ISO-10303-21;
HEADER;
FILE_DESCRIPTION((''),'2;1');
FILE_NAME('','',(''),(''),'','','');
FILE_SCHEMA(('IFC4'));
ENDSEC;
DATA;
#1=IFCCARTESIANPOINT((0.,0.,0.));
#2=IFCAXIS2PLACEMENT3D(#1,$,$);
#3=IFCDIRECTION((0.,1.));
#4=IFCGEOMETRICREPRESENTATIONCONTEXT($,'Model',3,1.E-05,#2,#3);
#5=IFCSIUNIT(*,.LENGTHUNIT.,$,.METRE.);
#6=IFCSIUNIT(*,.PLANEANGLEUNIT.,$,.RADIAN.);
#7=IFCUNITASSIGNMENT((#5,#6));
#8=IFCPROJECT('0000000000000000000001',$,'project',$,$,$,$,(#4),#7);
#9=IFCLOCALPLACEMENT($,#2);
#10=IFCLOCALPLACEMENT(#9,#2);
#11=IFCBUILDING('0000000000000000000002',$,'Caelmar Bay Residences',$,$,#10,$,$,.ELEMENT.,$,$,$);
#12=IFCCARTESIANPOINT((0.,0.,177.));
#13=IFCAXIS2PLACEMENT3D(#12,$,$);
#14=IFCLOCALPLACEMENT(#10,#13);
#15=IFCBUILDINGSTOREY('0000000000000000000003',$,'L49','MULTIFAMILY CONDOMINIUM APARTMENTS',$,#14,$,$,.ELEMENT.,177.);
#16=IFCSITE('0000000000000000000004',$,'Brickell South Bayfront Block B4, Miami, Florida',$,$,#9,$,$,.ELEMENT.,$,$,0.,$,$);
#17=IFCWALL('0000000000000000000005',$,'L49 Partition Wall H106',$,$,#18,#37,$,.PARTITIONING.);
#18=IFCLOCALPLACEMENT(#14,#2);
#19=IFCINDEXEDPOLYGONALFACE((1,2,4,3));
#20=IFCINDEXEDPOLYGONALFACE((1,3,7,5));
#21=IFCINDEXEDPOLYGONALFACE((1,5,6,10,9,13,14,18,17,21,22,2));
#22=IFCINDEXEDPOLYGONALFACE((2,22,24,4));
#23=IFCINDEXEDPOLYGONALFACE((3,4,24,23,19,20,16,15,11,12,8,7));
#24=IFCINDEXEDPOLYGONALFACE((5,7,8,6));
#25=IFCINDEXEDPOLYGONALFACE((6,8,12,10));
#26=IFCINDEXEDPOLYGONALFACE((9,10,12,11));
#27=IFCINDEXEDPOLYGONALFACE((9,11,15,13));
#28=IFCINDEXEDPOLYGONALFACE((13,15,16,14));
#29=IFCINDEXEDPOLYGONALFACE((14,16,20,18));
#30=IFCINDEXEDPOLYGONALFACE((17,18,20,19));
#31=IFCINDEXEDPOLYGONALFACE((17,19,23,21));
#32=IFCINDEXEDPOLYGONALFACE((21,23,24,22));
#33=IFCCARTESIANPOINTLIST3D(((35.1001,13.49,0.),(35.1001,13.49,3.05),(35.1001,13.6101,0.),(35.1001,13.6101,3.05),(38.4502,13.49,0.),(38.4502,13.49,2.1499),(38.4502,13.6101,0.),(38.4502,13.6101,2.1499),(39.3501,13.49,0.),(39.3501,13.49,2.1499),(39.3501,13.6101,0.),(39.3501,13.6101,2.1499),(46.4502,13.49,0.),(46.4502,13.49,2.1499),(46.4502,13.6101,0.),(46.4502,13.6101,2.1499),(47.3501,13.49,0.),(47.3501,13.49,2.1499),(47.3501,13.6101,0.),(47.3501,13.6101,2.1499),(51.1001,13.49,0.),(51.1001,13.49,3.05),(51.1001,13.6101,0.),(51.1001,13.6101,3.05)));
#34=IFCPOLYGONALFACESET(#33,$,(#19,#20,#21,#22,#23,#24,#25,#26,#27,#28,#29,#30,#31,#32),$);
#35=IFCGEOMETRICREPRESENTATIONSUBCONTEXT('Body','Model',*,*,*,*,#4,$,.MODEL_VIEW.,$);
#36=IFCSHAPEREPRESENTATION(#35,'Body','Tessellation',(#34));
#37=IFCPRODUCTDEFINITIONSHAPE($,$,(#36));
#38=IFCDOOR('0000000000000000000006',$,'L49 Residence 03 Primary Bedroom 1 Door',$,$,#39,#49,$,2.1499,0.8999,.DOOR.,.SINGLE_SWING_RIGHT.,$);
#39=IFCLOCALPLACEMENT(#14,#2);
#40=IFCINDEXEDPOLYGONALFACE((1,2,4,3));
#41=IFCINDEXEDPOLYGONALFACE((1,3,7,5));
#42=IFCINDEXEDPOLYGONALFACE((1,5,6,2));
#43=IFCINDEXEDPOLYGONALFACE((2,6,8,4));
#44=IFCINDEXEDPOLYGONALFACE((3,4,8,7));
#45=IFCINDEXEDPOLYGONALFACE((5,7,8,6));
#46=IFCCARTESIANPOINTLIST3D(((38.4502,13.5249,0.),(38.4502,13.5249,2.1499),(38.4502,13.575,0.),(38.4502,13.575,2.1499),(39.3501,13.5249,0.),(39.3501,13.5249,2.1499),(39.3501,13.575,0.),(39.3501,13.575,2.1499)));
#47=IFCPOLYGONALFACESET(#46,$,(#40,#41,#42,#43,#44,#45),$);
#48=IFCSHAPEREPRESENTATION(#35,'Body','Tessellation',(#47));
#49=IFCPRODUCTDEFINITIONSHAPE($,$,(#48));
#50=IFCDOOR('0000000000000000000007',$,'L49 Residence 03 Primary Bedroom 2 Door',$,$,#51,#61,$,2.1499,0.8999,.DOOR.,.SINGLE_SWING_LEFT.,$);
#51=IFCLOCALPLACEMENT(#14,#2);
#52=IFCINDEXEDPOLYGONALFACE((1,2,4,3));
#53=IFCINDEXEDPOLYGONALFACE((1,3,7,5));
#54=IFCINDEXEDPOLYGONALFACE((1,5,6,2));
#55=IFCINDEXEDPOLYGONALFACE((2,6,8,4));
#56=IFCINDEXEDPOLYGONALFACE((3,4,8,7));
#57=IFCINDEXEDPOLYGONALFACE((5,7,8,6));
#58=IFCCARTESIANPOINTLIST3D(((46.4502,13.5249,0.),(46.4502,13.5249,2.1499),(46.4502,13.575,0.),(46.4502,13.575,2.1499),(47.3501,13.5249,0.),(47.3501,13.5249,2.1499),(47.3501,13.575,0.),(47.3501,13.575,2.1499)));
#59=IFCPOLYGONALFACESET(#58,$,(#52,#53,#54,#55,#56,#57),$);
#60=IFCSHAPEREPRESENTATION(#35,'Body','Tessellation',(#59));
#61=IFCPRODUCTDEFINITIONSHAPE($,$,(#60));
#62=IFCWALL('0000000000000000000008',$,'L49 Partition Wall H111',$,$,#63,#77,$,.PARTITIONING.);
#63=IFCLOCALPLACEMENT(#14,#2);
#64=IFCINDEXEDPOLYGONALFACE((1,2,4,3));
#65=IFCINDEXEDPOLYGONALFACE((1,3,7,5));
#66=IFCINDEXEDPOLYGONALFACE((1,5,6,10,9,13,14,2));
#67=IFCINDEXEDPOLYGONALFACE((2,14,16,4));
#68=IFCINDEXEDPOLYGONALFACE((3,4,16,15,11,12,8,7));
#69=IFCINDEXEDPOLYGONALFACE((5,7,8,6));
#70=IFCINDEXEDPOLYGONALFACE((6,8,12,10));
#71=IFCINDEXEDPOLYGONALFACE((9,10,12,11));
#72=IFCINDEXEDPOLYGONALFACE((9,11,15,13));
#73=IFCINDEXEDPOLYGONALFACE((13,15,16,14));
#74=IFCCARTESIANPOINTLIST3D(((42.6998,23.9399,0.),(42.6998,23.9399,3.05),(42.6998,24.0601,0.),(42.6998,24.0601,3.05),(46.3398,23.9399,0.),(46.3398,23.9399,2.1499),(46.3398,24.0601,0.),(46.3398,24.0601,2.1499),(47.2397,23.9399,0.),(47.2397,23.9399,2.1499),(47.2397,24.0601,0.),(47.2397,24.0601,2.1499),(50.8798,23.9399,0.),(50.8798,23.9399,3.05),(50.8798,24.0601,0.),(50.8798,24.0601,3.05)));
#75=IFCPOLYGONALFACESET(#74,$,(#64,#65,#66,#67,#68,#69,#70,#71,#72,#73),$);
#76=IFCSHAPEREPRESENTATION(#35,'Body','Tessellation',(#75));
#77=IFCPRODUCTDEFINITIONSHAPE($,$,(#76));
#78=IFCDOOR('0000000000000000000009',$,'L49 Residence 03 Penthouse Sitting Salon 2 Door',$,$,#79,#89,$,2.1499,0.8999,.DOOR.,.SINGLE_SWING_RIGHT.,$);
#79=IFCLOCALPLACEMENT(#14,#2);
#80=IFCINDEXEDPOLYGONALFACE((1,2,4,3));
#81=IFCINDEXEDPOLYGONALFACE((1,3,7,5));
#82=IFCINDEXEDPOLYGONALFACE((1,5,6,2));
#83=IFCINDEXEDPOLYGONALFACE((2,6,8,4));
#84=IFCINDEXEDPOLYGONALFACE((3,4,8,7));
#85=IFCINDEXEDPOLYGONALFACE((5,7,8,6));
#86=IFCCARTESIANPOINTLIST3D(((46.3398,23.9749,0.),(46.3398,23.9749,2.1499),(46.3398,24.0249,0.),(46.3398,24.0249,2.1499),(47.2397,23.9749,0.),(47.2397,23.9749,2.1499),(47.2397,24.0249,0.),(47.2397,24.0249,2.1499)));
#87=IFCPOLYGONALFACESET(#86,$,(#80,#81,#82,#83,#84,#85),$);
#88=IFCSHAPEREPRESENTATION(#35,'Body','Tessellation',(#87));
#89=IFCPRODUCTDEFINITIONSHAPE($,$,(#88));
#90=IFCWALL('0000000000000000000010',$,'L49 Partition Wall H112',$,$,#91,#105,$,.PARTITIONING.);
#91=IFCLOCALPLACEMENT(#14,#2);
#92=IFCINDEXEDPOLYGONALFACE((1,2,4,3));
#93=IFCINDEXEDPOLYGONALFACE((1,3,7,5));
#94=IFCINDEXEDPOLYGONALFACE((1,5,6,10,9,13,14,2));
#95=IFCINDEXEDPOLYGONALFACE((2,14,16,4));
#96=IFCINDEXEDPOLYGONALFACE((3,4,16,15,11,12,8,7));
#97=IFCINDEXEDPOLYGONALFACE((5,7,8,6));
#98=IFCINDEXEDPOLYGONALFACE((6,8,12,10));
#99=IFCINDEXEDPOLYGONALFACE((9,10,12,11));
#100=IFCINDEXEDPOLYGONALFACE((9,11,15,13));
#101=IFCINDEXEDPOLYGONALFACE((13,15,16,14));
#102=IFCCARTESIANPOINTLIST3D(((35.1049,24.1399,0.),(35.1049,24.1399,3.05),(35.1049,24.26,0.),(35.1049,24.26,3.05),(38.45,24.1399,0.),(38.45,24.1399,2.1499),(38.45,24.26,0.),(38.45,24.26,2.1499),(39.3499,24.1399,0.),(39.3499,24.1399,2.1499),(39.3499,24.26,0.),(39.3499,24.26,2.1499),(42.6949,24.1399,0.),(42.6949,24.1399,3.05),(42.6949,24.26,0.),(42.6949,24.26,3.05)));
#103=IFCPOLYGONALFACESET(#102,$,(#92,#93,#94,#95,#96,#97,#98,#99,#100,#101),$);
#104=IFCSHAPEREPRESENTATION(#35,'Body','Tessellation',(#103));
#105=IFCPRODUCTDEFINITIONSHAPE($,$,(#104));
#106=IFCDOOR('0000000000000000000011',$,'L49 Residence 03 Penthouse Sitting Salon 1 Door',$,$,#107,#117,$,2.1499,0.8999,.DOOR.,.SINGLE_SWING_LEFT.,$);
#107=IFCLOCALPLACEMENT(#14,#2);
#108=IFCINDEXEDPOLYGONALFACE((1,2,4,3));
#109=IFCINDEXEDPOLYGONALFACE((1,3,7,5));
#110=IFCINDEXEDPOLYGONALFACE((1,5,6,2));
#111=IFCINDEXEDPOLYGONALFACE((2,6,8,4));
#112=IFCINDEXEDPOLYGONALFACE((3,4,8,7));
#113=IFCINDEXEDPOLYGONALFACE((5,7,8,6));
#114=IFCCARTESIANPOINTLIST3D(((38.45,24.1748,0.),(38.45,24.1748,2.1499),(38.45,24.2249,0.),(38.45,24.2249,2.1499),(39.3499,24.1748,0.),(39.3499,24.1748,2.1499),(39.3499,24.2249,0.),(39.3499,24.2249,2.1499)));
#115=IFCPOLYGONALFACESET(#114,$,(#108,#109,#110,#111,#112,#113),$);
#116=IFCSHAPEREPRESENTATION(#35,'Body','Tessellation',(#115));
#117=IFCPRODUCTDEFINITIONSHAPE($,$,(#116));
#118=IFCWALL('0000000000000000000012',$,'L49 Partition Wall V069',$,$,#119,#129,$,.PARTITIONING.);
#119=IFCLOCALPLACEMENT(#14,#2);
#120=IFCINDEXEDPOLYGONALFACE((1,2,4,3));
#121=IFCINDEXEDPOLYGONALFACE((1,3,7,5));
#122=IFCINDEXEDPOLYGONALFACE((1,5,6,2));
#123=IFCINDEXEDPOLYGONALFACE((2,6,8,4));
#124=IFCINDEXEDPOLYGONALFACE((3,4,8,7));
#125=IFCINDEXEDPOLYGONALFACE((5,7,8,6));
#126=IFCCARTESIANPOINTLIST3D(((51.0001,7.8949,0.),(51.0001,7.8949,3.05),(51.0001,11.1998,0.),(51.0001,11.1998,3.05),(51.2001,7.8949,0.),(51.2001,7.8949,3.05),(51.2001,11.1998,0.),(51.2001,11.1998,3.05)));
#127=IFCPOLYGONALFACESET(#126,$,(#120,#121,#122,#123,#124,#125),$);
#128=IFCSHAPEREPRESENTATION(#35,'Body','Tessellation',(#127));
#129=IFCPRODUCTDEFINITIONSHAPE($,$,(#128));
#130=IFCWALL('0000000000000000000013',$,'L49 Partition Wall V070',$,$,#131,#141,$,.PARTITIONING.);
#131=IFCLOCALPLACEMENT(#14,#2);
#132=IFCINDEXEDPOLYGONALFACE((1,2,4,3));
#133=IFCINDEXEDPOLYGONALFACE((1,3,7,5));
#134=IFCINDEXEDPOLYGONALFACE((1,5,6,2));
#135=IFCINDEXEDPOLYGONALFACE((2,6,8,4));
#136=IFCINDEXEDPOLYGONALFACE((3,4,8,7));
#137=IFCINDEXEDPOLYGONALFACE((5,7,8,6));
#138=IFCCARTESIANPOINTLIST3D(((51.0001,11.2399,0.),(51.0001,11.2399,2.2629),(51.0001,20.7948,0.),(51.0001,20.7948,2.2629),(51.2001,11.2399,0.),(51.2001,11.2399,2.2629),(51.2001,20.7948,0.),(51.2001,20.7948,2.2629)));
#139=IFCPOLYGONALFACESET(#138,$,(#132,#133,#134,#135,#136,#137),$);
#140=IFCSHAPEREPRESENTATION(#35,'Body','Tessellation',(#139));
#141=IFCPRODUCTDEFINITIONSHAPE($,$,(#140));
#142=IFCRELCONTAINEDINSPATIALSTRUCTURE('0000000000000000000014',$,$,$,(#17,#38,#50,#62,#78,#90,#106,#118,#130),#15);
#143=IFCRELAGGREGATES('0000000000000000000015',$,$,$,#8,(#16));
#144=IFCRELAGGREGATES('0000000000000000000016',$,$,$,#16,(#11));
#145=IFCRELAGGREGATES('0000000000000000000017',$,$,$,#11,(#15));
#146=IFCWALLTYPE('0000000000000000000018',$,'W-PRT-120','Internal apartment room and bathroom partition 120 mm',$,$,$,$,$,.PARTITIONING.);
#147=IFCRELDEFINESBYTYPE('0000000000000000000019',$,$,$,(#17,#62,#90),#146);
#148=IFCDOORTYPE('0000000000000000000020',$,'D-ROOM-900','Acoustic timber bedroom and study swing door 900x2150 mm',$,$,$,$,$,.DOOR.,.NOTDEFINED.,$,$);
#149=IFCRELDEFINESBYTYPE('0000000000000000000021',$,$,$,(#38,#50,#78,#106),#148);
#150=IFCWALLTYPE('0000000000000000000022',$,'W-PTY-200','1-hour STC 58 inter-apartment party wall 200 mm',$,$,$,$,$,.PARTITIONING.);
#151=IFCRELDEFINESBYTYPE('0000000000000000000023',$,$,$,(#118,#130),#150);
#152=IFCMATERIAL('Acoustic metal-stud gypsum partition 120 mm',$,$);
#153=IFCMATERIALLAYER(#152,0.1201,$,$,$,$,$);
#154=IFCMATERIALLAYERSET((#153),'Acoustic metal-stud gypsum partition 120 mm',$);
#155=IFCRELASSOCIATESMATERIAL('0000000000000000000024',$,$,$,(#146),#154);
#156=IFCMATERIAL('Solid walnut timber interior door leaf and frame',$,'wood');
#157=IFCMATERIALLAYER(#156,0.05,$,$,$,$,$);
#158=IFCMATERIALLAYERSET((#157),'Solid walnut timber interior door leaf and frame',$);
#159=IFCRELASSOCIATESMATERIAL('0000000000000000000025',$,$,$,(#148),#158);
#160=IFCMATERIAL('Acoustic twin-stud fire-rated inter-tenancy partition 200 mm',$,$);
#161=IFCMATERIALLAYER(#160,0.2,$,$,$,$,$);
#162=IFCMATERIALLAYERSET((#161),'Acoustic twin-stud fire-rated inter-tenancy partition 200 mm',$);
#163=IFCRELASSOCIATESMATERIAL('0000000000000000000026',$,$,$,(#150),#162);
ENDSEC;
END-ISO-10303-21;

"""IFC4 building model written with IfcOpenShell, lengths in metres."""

from ifc_helpers import new_model, si_unit, direction, frame, frame_2d, origin, place, context, subcontext, project, spatial, rectangle, extrude, material, layer, layer_set, type_object, element, fill, save


model = new_model("IFC4")

# Units and contexts
model_context = context("Model", 3, precision=1e-05, world=origin(), true_north=direction((0.0, 1.0)))
body_context = subcontext(model_context, "Body", "Model", "MODEL_VIEW")
ifc_project = project(units=[si_unit("LENGTHUNIT", "METRE"), si_unit("PLANEANGLEUNIT", "RADIAN")], contexts=[model_context])

# Site, building, storey
site_placement = place(None, origin())
site = spatial("IfcSite", under=ifc_project, at=site_placement, Name="Brickell South Bayfront Block B4, Miami, Florida", CompositionType="ELEMENT", RefElevation=0.0)
building_placement = place(site_placement, origin())
building = spatial("IfcBuilding", under=site, at=building_placement, Name="Caelmar Bay Residences", CompositionType="ELEMENT")
storey_placement = place(building_placement, frame((0.0, 0.0, 177.0)))
storey = spatial("IfcBuildingStorey", under=building, at=storey_placement, Name="L49", Description="MULTIFAMILY CONDOMINIUM APARTMENTS", CompositionType="ELEMENT", Elevation=177.0)

# Shared definitions
ifc_material_1 = material(Name="Acoustic metal-stud gypsum partition 120 mm")
ifc_layer_1 = layer(ifc_material_1, 0.1201)
ifc_layer_set_1 = layer_set([ifc_layer_1], Name="Acoustic metal-stud gypsum partition 120 mm")
wall_type_1 = type_object("IfcWallType", Name="W-PRT-120", Description="Internal apartment room and bathroom partition 120 mm", PredefinedType="PARTITIONING", material=ifc_layer_set_1)

# Wall, openings, doors
wall_1_placement = place(storey_placement, frame((35.1001, 13.55, 0.0), z_axis=(0.0, 0.0, 1.0), x_axis=(1.0, 0.0, 0.0)))
wall_1 = element("IfcWall", 1, at=wall_1_placement, inside=storey, type_object=wall_type_1, Name="L49 Partition Wall H106", PredefinedType="PARTITIONING", context=body_context, shape_type="SweptSolid", body=[
    extrude(rectangle(XDim=16.0, YDim=0.1201, at=frame_2d((8.0, 0.0))), origin(), (0.0, 0.0, 1.0), 3.05),
])
opening_1_placement = place(wall_1_placement, frame((3.3501, 0.0, 0.0)))
opening_1 = element("IfcOpeningElement", 2, at=opening_1_placement, cuts=wall_1, PredefinedType="OPENING", context=body_context, shape_type="SweptSolid", body=[
    extrude(rectangle(XDim=0.8999, YDim=2.1499, at=frame_2d((0.45, 1.075))), frame((0.0, 0.0701, 0.0), z_axis=(0.0, -1.0, 0.0), x_axis=(1.0, 0.0, 0.0)), (0.0, 0.0, 1.0), 0.1401),
])
opening_2_placement = place(wall_1_placement, frame((11.3501, 0.0, 0.0)))
opening_2 = element("IfcOpeningElement", 3, at=opening_2_placement, cuts=wall_1, PredefinedType="OPENING", context=body_context, shape_type="SweptSolid", body=[
    extrude(rectangle(XDim=0.8999, YDim=2.1499, at=frame_2d((0.45, 1.075))), frame((0.0, 0.0701, 0.0), z_axis=(0.0, -1.0, 0.0), x_axis=(1.0, 0.0, 0.0)), (0.0, 0.0, 1.0), 0.1401),
])
ifc_material_2 = material(Name="Solid walnut timber interior door leaf and frame", Category="wood")
ifc_layer_2 = layer(ifc_material_2, 0.05)
ifc_layer_set_2 = layer_set([ifc_layer_2], Name="Solid walnut timber interior door leaf and frame")
door_type = type_object("IfcDoorType", Name="D-ROOM-900", Description="Acoustic timber bedroom and study swing door 900x2150 mm", OperationType="NOTDEFINED", PredefinedType="DOOR", material=ifc_layer_set_2)
door_1_placement = place(opening_1_placement, origin())
door_1 = element("IfcDoor", 4, at=door_1_placement, inside=storey, type_object=door_type, Name="L49 Residence 03 Primary Bedroom 1 Door", OperationType="SINGLE_SWING_RIGHT", OverallHeight=2.1499, OverallWidth=0.8999, PredefinedType="DOOR", context=body_context, shape_type="SweptSolid", body=[
    extrude(rectangle(XDim=0.8999, YDim=2.1499, at=frame_2d((0.45, 1.075))), frame((0.0, 0.0249, 0.0), z_axis=(0.0, -1.0, 0.0), x_axis=(1.0, 0.0, 0.0)), (0.0, 0.0, 1.0), 0.05),
])
fill(opening_1, door_1)
door_2_placement = place(opening_2_placement, origin())
door_2 = element("IfcDoor", 5, at=door_2_placement, inside=storey, type_object=door_type, Name="L49 Residence 03 Primary Bedroom 2 Door", OperationType="SINGLE_SWING_LEFT", OverallHeight=2.1499, OverallWidth=0.8999, PredefinedType="DOOR", context=body_context, shape_type="SweptSolid", body=[
    extrude(rectangle(XDim=0.8999, YDim=2.1499, at=frame_2d((0.45, 1.075))), frame((0.0, 0.0249, 0.0), z_axis=(0.0, -1.0, 0.0), x_axis=(1.0, 0.0, 0.0)), (0.0, 0.0, 1.0), 0.05),
])
fill(opening_2, door_2)

# Walls, openings, doors
wall_2_placement = place(storey_placement, frame((42.7, 24.0, 0.0), z_axis=(0.0, 0.0, 1.0), x_axis=(1.0, 0.0, 0.0)))
wall_2 = element("IfcWall", 6, at=wall_2_placement, inside=storey, type_object=wall_type_1, Name="L49 Partition Wall H111", PredefinedType="PARTITIONING", context=body_context, shape_type="SweptSolid", body=[
    extrude(rectangle(XDim=8.1799, YDim=0.1201, at=frame_2d((4.0898, 0.0))), origin(), (0.0, 0.0, 1.0), 3.05),
])
opening_3_placement = place(wall_2_placement, frame((3.6399, 0.0, 0.0)))
opening_3 = element("IfcOpeningElement", 7, at=opening_3_placement, cuts=wall_2, PredefinedType="OPENING", context=body_context, shape_type="SweptSolid", body=[
    extrude(rectangle(XDim=0.8999, YDim=2.1499, at=frame_2d((0.45, 1.075))), frame((0.0, 0.0701, 0.0), z_axis=(0.0, -1.0, 0.0), x_axis=(1.0, 0.0, 0.0)), (0.0, 0.0, 1.0), 0.1401),
])
door_3_placement = place(opening_3_placement, origin())
door_3 = element("IfcDoor", 8, at=door_3_placement, inside=storey, type_object=door_type, Name="L49 Residence 03 Penthouse Sitting Salon 2 Door", OperationType="SINGLE_SWING_RIGHT", OverallHeight=2.1499, OverallWidth=0.8999, PredefinedType="DOOR", context=body_context, shape_type="SweptSolid", body=[
    extrude(rectangle(XDim=0.8999, YDim=2.1499, at=frame_2d((0.45, 1.075))), frame((0.0, 0.0249, 0.0), z_axis=(0.0, -1.0, 0.0), x_axis=(1.0, 0.0, 0.0)), (0.0, 0.0, 1.0), 0.05),
])
fill(opening_3, door_3)
wall_3_placement = place(storey_placement, frame((35.105, 24.2, 0.0), z_axis=(0.0, 0.0, 1.0), x_axis=(1.0, 0.0, 0.0)))
wall_3 = element("IfcWall", 9, at=wall_3_placement, inside=storey, type_object=wall_type_1, Name="L49 Partition Wall H112", PredefinedType="PARTITIONING", context=body_context, shape_type="SweptSolid", body=[
    extrude(rectangle(XDim=7.5901, YDim=0.1201, at=frame_2d((3.7949, 0.0))), origin(), (0.0, 0.0, 1.0), 3.05),
])
opening_4_placement = place(wall_3_placement, frame((3.345, 0.0, 0.0)))
opening_4 = element("IfcOpeningElement", 10, at=opening_4_placement, cuts=wall_3, PredefinedType="OPENING", context=body_context, shape_type="SweptSolid", body=[
    extrude(rectangle(XDim=0.8999, YDim=2.1499, at=frame_2d((0.45, 1.075))), frame((0.0, 0.0701, 0.0), z_axis=(0.0, -1.0, 0.0), x_axis=(1.0, 0.0, 0.0)), (0.0, 0.0, 1.0), 0.1401),
])
door_4_placement = place(opening_4_placement, origin())
door_4 = element("IfcDoor", 11, at=door_4_placement, inside=storey, type_object=door_type, Name="L49 Residence 03 Penthouse Sitting Salon 1 Door", OperationType="SINGLE_SWING_LEFT", OverallHeight=2.1499, OverallWidth=0.8999, PredefinedType="DOOR", context=body_context, shape_type="SweptSolid", body=[
    extrude(rectangle(XDim=0.8999, YDim=2.1499, at=frame_2d((0.45, 1.075))), frame((0.0, 0.0249, 0.0), z_axis=(0.0, -1.0, 0.0), x_axis=(1.0, 0.0, 0.0)), (0.0, 0.0, 1.0), 0.05),
])
fill(opening_4, door_4)

# Walls
ifc_material_3 = material(Name="Acoustic twin-stud fire-rated inter-tenancy partition 200 mm")
ifc_layer_3 = layer(ifc_material_3, 0.2)
ifc_layer_set_3 = layer_set([ifc_layer_3], Name="Acoustic twin-stud fire-rated inter-tenancy partition 200 mm")
wall_type_2 = type_object("IfcWallType", Name="W-PTY-200", Description="1-hour STC 58 inter-apartment party wall 200 mm", PredefinedType="PARTITIONING", material=ifc_layer_set_3)
wall_4_placement = place(storey_placement, frame((51.1001, 7.895, 0.0), z_axis=(0.0, 0.0, 1.0), x_axis=(0.0, 1.0, 0.0)))
element("IfcWall", 12, at=wall_4_placement, inside=storey, type_object=wall_type_2, Name="L49 Partition Wall V069", PredefinedType="PARTITIONING", context=body_context, shape_type="SweptSolid", body=[
    extrude(rectangle(XDim=3.3049, YDim=0.2, at=frame_2d((1.6523, 0.0))), origin(), (0.0, 0.0, 1.0), 3.05),
])
wall_5_placement = place(storey_placement, frame((51.1001, 11.24, 0.0), z_axis=(0.0, 0.0, 1.0), x_axis=(0.0, 1.0, 0.0)))
element("IfcWall", 13, at=wall_5_placement, inside=storey, type_object=wall_type_2, Name="L49 Partition Wall V070", PredefinedType="PARTITIONING", context=body_context, shape_type="SweptSolid", body=[
    extrude(rectangle(XDim=9.5549, YDim=0.2, at=frame_2d((4.7773, 0.0))), origin(), (0.0, 0.0, 1.0), 2.2629),
])

save(model, "model.ifc")
